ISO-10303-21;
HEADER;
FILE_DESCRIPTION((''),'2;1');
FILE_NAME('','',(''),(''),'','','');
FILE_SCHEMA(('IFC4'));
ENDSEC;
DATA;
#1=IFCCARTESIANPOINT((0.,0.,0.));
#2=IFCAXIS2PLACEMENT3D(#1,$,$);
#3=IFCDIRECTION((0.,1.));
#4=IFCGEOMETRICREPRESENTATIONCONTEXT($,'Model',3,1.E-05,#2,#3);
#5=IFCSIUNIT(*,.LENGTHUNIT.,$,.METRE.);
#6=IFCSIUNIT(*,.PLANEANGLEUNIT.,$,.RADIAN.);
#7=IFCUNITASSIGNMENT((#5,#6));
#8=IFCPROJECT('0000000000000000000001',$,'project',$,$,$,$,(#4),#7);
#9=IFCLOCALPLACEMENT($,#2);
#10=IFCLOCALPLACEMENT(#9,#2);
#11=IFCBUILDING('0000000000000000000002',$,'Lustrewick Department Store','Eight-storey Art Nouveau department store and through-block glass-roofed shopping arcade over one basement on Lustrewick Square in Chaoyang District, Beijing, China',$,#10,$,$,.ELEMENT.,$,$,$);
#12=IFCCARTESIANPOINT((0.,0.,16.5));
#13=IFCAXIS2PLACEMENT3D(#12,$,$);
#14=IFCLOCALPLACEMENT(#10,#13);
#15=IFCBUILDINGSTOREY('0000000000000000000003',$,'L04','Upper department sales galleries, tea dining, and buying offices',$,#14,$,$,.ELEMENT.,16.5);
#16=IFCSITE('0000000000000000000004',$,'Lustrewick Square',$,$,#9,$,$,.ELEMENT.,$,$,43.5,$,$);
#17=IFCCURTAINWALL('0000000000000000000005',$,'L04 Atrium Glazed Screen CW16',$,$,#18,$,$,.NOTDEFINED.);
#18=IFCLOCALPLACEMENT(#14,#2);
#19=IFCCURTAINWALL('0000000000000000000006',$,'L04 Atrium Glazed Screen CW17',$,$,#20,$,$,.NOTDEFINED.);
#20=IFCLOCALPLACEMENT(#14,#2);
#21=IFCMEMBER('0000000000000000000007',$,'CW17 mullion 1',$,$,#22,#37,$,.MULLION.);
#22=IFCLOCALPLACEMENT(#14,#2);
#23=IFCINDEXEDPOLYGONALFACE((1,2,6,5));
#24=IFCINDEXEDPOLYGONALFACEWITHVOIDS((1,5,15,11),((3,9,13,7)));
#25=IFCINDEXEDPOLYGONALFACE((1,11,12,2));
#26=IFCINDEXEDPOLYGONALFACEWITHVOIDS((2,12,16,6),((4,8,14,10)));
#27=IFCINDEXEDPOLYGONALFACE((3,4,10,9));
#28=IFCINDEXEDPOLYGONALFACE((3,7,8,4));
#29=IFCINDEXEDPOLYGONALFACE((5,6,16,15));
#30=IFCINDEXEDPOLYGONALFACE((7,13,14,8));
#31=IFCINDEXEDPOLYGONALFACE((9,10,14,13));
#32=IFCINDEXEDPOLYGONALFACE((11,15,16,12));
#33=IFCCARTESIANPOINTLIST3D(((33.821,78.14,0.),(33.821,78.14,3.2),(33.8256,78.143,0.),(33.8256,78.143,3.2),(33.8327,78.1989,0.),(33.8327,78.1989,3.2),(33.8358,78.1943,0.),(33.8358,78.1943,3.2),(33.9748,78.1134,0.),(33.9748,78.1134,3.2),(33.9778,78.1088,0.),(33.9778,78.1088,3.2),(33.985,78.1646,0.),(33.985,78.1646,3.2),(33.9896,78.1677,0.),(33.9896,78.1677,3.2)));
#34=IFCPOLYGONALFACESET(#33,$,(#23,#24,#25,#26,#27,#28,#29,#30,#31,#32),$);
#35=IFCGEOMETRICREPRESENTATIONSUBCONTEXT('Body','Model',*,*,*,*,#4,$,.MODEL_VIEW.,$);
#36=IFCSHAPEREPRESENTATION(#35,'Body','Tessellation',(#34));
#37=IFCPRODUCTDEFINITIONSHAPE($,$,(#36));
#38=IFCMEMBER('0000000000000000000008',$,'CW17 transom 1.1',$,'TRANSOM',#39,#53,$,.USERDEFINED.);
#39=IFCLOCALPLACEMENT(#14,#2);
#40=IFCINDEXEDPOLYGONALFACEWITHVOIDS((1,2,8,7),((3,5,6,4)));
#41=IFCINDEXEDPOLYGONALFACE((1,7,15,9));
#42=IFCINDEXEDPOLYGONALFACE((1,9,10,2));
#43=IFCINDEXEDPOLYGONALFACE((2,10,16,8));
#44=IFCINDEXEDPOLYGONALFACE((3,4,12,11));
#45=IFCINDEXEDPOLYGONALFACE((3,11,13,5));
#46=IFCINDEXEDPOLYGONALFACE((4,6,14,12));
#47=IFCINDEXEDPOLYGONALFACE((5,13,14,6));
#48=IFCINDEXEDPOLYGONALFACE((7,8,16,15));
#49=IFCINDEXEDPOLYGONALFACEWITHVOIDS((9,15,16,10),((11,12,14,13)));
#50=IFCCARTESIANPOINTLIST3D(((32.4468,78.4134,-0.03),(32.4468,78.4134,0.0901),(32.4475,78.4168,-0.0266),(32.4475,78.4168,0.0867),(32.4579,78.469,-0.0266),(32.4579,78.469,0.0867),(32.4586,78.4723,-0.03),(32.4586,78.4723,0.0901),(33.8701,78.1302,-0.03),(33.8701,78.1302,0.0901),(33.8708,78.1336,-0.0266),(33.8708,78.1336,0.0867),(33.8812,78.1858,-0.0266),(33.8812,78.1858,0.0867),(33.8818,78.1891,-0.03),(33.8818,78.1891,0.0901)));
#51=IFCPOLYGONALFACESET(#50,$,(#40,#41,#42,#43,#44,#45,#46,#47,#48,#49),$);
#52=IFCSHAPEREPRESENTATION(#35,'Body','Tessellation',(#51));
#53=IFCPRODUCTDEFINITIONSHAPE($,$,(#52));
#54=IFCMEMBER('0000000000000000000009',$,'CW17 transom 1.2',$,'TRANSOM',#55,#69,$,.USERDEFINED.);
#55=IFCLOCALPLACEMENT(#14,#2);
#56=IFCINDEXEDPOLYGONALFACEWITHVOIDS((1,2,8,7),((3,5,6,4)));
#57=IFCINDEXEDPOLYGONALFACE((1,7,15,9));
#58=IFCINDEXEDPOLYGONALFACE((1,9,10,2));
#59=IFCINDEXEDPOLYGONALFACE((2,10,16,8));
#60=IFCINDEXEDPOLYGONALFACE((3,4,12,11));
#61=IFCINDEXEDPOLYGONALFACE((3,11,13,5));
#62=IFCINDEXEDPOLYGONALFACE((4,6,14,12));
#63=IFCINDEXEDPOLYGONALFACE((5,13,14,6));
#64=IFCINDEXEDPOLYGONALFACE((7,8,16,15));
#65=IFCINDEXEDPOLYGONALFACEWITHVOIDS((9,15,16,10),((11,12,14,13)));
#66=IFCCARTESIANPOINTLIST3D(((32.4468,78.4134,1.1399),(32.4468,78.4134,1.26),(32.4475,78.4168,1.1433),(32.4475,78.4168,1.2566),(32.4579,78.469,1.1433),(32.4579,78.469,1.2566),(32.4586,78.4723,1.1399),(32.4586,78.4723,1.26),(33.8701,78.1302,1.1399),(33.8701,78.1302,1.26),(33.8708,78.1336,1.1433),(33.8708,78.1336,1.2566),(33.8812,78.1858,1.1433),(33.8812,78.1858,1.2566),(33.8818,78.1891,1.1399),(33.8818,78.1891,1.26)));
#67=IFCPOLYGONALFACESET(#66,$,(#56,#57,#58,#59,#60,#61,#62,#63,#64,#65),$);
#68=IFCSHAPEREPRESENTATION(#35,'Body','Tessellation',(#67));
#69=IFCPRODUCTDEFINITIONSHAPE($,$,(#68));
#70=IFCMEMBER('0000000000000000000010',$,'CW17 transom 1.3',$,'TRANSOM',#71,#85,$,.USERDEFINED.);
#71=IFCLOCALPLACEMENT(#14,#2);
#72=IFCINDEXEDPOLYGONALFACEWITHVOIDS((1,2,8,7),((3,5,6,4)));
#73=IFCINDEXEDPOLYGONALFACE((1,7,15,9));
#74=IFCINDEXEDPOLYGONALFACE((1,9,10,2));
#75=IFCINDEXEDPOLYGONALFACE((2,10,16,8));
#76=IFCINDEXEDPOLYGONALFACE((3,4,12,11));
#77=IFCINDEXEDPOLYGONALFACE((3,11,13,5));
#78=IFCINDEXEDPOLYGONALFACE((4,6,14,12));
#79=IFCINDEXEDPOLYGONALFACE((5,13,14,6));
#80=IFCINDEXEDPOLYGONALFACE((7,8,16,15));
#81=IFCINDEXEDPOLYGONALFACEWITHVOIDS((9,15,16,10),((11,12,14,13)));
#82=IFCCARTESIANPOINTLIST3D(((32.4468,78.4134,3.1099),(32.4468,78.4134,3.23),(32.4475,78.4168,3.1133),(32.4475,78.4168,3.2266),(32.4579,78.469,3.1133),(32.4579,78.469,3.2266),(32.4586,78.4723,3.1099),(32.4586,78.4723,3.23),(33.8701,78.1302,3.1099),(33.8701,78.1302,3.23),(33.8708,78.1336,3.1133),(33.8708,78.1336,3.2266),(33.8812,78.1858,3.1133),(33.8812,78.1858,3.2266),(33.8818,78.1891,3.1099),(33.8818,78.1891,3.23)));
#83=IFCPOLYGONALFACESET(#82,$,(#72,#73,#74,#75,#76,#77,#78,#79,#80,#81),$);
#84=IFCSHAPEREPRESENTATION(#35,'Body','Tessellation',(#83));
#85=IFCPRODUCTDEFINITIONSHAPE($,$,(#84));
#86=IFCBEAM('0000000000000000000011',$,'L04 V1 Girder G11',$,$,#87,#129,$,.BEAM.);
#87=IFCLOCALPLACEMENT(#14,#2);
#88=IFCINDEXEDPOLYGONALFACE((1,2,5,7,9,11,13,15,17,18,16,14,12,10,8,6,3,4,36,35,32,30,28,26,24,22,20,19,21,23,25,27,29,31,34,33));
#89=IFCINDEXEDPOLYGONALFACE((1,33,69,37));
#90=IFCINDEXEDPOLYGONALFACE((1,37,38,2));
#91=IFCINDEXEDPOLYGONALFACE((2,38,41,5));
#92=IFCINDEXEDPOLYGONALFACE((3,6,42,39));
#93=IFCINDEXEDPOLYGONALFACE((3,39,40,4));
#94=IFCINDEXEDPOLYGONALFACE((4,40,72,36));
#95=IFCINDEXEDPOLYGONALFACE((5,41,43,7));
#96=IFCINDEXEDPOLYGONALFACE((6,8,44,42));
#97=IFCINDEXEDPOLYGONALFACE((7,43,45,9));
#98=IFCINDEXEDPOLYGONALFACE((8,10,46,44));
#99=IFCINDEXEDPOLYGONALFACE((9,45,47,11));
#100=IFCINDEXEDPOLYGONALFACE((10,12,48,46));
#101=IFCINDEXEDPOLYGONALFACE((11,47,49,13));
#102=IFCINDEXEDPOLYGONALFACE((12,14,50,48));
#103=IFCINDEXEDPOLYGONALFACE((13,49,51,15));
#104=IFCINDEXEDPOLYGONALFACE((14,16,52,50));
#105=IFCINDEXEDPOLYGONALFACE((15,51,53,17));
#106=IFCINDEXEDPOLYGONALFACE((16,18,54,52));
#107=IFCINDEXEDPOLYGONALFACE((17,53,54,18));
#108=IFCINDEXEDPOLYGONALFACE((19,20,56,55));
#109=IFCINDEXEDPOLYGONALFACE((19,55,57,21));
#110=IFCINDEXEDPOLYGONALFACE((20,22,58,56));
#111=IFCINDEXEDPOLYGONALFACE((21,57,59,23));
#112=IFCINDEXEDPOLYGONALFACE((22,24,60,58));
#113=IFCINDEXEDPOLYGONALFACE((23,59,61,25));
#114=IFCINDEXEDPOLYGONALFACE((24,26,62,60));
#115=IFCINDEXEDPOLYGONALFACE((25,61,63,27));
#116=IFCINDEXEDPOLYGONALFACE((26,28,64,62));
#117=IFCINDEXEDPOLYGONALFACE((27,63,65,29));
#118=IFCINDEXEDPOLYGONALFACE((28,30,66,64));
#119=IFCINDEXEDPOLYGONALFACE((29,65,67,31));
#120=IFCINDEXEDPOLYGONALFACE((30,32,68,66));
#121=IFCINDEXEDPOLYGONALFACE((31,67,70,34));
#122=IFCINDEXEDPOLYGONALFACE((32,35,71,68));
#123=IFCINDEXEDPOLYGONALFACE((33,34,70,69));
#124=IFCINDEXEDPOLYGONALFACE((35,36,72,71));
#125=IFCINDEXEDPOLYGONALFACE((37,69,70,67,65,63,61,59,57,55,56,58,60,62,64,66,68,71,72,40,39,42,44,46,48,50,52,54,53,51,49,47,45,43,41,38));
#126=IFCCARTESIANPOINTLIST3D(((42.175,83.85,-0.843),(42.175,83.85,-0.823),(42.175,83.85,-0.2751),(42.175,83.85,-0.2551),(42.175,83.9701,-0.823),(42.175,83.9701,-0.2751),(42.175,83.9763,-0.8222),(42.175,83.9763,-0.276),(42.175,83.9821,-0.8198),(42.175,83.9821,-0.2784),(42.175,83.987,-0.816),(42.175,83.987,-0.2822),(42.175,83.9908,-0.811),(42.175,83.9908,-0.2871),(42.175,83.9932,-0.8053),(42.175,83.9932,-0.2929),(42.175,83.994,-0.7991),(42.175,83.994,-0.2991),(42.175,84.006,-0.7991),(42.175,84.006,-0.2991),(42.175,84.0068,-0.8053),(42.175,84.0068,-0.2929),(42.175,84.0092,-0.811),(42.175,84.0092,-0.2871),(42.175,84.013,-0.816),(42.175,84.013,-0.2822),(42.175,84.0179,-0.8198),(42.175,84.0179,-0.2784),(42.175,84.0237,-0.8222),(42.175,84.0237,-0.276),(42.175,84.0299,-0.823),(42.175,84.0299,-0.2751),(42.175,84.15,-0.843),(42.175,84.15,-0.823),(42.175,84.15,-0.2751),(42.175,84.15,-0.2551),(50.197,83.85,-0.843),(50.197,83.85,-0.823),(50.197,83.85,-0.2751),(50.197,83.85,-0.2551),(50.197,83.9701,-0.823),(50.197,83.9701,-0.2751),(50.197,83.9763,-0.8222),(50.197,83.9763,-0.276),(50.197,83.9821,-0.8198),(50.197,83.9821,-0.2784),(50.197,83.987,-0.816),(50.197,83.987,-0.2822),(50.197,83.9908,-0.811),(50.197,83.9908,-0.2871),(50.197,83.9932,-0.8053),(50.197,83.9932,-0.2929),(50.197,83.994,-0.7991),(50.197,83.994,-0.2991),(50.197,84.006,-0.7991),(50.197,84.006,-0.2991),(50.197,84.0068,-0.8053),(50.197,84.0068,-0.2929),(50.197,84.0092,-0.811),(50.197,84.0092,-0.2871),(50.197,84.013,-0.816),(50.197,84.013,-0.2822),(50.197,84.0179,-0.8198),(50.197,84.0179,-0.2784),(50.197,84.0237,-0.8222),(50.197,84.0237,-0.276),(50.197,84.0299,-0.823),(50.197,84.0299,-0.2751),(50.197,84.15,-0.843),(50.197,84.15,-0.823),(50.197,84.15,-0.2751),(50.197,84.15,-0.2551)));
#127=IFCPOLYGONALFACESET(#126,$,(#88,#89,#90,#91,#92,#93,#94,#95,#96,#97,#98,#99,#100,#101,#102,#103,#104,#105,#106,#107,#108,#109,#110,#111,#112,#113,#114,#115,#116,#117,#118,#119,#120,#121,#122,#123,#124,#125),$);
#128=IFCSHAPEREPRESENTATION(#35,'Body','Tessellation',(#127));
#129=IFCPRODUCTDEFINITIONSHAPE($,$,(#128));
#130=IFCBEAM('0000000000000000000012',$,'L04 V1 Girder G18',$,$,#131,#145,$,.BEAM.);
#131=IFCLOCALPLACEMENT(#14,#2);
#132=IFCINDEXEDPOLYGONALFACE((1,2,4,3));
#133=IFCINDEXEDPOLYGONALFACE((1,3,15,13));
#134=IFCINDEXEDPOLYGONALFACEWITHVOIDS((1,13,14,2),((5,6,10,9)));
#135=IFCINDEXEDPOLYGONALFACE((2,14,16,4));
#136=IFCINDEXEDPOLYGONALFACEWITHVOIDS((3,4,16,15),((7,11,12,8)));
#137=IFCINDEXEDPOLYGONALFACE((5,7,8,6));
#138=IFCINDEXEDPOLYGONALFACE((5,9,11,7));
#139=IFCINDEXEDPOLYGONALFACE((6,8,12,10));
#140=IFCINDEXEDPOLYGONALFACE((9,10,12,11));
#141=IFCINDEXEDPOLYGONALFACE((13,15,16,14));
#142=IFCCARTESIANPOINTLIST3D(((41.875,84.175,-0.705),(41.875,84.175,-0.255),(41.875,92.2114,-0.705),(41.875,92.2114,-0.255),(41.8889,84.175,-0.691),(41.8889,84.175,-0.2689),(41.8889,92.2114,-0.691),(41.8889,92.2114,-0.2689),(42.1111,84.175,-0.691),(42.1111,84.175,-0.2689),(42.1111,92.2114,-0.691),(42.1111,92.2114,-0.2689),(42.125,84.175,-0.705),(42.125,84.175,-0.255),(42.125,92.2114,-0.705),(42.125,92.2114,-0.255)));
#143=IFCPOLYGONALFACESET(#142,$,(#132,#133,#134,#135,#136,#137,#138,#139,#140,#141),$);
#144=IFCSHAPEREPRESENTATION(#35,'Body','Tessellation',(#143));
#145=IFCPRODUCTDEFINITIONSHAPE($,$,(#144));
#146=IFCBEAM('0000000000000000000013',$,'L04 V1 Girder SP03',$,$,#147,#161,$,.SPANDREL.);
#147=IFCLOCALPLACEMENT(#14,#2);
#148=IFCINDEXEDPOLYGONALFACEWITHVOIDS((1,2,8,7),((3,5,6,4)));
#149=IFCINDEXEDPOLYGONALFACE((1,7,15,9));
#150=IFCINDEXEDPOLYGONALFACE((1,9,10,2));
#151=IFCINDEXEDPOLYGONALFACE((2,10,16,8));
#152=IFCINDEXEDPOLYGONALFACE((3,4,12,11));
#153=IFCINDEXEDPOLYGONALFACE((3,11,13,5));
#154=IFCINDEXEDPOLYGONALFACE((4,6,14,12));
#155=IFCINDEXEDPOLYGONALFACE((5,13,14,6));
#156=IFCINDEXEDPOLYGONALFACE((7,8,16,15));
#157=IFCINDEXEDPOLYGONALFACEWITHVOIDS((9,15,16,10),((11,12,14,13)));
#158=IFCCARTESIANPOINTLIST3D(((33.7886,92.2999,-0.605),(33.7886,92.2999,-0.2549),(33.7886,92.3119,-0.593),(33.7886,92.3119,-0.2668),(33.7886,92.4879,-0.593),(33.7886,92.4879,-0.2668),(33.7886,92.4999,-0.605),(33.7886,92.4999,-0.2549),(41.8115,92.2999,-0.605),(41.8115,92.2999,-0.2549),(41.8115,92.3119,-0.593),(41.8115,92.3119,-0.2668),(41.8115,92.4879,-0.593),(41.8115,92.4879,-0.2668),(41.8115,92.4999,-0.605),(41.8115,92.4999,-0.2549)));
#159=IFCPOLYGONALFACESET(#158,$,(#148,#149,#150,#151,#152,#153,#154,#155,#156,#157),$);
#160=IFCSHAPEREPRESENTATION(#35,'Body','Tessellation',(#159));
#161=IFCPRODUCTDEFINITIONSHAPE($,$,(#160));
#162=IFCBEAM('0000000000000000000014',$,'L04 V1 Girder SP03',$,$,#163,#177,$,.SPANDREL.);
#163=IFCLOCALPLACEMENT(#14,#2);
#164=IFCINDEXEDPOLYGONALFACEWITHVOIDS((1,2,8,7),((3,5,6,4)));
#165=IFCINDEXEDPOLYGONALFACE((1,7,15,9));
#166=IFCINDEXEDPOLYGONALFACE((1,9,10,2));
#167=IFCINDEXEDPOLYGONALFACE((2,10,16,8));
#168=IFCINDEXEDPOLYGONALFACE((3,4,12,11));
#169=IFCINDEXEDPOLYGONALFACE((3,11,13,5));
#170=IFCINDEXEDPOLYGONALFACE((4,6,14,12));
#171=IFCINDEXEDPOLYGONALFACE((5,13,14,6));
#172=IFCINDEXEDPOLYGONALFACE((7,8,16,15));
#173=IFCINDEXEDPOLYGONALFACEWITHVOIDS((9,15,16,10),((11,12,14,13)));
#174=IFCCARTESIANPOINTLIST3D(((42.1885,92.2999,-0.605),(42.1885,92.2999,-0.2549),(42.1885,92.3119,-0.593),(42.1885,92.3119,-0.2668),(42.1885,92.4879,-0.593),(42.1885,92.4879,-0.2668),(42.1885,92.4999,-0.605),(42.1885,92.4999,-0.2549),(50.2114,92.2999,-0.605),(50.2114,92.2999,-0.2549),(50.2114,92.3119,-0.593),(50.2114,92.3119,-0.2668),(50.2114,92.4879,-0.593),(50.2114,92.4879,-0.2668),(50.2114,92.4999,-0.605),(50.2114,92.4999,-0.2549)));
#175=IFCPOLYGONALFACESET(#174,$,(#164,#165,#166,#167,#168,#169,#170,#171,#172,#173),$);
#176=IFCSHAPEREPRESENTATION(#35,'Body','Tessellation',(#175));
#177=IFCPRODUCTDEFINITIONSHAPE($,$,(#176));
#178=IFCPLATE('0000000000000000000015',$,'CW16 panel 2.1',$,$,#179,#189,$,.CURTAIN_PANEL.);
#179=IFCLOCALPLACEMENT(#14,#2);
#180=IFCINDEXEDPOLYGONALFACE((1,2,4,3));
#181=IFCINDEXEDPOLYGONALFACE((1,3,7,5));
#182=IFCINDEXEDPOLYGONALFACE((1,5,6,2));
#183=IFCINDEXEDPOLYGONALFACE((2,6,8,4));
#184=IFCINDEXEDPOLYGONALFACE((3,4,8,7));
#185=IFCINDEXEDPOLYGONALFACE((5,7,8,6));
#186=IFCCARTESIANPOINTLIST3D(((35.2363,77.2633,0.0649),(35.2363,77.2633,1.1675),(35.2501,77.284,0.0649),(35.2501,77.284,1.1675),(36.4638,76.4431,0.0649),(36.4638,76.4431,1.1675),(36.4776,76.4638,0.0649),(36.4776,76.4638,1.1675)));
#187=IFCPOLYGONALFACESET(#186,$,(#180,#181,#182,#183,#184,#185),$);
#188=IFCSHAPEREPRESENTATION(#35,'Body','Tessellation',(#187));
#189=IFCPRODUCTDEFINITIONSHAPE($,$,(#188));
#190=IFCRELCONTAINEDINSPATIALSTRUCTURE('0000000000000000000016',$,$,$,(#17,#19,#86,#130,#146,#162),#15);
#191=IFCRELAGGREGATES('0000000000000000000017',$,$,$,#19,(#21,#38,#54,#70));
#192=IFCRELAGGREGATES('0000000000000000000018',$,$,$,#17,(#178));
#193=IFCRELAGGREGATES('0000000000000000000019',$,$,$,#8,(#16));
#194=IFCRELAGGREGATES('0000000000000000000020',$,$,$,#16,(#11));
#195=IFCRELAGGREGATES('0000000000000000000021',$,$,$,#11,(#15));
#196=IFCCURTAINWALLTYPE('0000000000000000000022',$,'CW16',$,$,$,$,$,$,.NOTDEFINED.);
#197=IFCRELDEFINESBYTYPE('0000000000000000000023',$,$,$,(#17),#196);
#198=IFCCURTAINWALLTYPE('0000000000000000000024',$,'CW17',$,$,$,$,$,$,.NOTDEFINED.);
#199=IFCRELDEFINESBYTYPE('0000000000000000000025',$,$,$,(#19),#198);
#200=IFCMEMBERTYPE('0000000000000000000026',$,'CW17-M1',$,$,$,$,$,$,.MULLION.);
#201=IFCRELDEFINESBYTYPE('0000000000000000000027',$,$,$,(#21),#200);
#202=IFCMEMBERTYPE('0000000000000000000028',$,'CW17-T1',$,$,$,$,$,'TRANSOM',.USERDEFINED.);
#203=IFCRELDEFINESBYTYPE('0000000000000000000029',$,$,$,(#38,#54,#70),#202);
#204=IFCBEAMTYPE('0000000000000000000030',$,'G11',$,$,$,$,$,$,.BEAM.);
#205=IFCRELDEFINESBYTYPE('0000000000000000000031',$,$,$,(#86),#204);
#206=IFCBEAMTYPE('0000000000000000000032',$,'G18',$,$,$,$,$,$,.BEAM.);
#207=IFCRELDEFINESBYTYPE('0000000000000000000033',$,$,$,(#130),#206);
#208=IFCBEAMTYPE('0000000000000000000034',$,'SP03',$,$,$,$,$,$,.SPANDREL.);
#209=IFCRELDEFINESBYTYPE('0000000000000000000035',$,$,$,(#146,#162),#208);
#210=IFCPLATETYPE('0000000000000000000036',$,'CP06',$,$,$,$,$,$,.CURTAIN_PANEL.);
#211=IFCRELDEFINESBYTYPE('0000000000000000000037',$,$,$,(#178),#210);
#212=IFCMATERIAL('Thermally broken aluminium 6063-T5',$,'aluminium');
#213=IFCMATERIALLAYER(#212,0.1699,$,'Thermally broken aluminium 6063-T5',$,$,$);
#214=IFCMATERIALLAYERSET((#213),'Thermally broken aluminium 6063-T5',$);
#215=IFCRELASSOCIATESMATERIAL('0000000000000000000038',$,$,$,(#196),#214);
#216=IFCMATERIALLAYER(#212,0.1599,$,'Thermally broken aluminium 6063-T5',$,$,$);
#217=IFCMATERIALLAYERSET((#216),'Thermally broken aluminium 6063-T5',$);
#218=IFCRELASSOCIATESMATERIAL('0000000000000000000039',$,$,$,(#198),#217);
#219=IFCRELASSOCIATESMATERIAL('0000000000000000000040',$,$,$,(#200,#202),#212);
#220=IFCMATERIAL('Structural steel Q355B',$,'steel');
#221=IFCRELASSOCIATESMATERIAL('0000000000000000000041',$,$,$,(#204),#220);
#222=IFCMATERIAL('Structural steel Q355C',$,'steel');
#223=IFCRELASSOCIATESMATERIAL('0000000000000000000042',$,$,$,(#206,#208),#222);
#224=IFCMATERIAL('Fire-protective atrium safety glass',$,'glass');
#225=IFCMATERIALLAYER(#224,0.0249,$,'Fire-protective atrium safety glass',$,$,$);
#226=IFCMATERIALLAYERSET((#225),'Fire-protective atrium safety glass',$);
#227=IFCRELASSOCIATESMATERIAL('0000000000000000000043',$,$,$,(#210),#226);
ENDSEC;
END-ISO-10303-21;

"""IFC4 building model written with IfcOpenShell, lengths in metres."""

from ifc_helpers import new_model, si_unit, direction, frame, origin, origin_2d, place, context, subcontext, project, spatial, rectangle, hollow_rectangle, i_section, extrude, material, layer, layer_set, material_profile, profile_set, type_object, element, aggregate, save


model = new_model("IFC4")

# Units and contexts
model_context = context("Model", 3, precision=1e-05, world=origin(), true_north=direction((0.0, 1.0)))
body_context = subcontext(model_context, "Body", "Model", "MODEL_VIEW")
ifc_project = project(units=[si_unit("LENGTHUNIT", "METRE"), si_unit("PLANEANGLEUNIT", "RADIAN")], contexts=[model_context])

# Site, building, storey
site_placement = place(None, origin())
site = spatial("IfcSite", under=ifc_project, at=site_placement, Name="Lustrewick Square", CompositionType="ELEMENT", RefElevation=43.5)
building_placement = place(site_placement, origin())
building = spatial("IfcBuilding", under=site, at=building_placement, Name="Lustrewick Department Store", Description="Eight-storey Art Nouveau department store and through-block glass-roofed shopping arcade over one basement on Lustrewick Square in Chaoyang District, Beijing, China", CompositionType="ELEMENT")
storey_placement = place(building_placement, frame((0.0, 0.0, 16.5)))
storey = spatial("IfcBuildingStorey", under=building, at=storey_placement, Name="L04", Description="Upper department sales galleries, tea dining, and buying offices", CompositionType="ELEMENT", Elevation=16.5)

# Shared definitions
ifc_material_1 = material(Name="Structural steel Q355C", Category="steel")
ifc_material_2 = material(Name="Structural steel Q355B", Category="steel")

# Curtain walls, members
ifc_material_3 = material(Name="Thermally broken aluminium 6063-T5", Category="aluminium")
ifc_layer_1 = layer(ifc_material_3, 0.1699, Name="Thermally broken aluminium 6063-T5")
ifc_layer_set_1 = layer_set([ifc_layer_1], Name="Thermally broken aluminium 6063-T5")
curtain_wall_type_1 = type_object("IfcCurtainWallType", Name="CW16", PredefinedType="NOTDEFINED", material=ifc_layer_set_1)
curtain_wall_1_placement = place(storey_placement, origin())
curtain_wall_1 = element("IfcCurtainWall", 1, at=curtain_wall_1_placement, inside=storey, type_object=curtain_wall_type_1, Name="L04 Atrium Glazed Screen CW16", PredefinedType="NOTDEFINED")
ifc_layer_2 = layer(ifc_material_3, 0.1599, Name="Thermally broken aluminium 6063-T5")
ifc_layer_set_2 = layer_set([ifc_layer_2], Name="Thermally broken aluminium 6063-T5")
curtain_wall_type_2 = type_object("IfcCurtainWallType", Name="CW17", PredefinedType="NOTDEFINED", material=ifc_layer_set_2)
curtain_wall_2_placement = place(storey_placement, origin())
curtain_wall_2 = element("IfcCurtainWall", 2, at=curtain_wall_2_placement, inside=storey, type_object=curtain_wall_type_2, Name="L04 Atrium Glazed Screen CW17", PredefinedType="NOTDEFINED")
ifc_material_profile_1 = material_profile(ifc_material_3, hollow_rectangle(XDim=0.0601, YDim=0.1599, WallThickness=0.0039, at=origin_2d()), Name="ALU-M 60x160x4")
ifc_profile_set_1 = profile_set([ifc_material_profile_1], Name="Thermally broken aluminium 6063-T5")
member_type_1 = type_object("IfcMemberType", Name="CW17-M1", PredefinedType="MULLION", material=ifc_profile_set_1)
member_1_placement = place(storey_placement, frame((33.9053, 78.1538, 0.0), z_axis=(0.0, 0.0, 1.0), x_axis=(-0.195085, -0.980786, 0.0)))
member_1 = element("IfcMember", 3, at=member_1_placement, type_object=member_type_1, Name="CW17 mullion 1", PredefinedType="MULLION", context=body_context, shape_type="SweptSolid", body=[
    extrude(hollow_rectangle(XDim=0.0601, YDim=0.1599, WallThickness=0.0039, at=origin_2d()), origin(), (0.0, 0.0, 1.0), 3.2),
])
ifc_material_profile_2 = material_profile(ifc_material_3, hollow_rectangle(XDim=0.0601, YDim=0.1201, WallThickness=0.0034, at=origin_2d()), Name="ALU-T 60x120x3.5")
ifc_profile_set_2 = profile_set([ifc_material_profile_2], Name="Thermally broken aluminium 6063-T5")
member_type_2 = type_object("IfcMemberType", Name="CW17-T1", ElementType="TRANSOM", PredefinedType="USERDEFINED", material=ifc_profile_set_2)
member_2_placement = place(storey_placement, frame((33.876, 78.1597, 0.03), z_axis=(-0.980774, 0.195145, 0.0), x_axis=(-0.195145, -0.980774, 0.0)))
member_2 = element("IfcMember", 4, at=member_2_placement, type_object=member_type_2, Name="CW17 transom 1.1", ObjectType="TRANSOM", PredefinedType="USERDEFINED", context=body_context, shape_type="SweptSolid", body=[
    extrude(hollow_rectangle(XDim=0.0601, YDim=0.1201, WallThickness=0.0034, at=origin_2d()), origin(), (0.0, 0.0, 1.0), 1.4512),
])
member_3_placement = place(storey_placement, frame((33.876, 78.1597, 1.2), z_axis=(-0.980774, 0.195145, 0.0), x_axis=(-0.195145, -0.980774, 0.0)))
member_3 = element("IfcMember", 5, at=member_3_placement, type_object=member_type_2, Name="CW17 transom 1.2", ObjectType="TRANSOM", PredefinedType="USERDEFINED", context=body_context, shape_type="SweptSolid", body=[
    extrude(hollow_rectangle(XDim=0.0601, YDim=0.1201, WallThickness=0.0034, at=origin_2d()), origin(), (0.0, 0.0, 1.0), 1.4512),
])
member_4_placement = place(storey_placement, frame((33.876, 78.1597, 3.1699), z_axis=(-0.980774, 0.195145, 0.0), x_axis=(-0.195145, -0.980774, 0.0)))
member_4 = element("IfcMember", 6, at=member_4_placement, type_object=member_type_2, Name="CW17 transom 1.3", ObjectType="TRANSOM", PredefinedType="USERDEFINED", context=body_context, shape_type="SweptSolid", body=[
    extrude(hollow_rectangle(XDim=0.0601, YDim=0.1201, WallThickness=0.0034, at=origin_2d()), origin(), (0.0, 0.0, 1.0), 1.4512),
])
aggregate(curtain_wall_2, [member_1, member_2, member_3, member_4])

# Beams
ifc_material_profile_3 = material_profile(ifc_material_2, i_section(OverallWidth=0.3, OverallDepth=0.5879, WebThickness=0.012, FlangeThickness=0.02, FilletRadius=0.0239, at=origin_2d()), Name="HM 588x300x12x20")
ifc_profile_set_3 = profile_set([ifc_material_profile_3], Name="Structural steel Q355B")
beam_type_1 = type_object("IfcBeamType", Name="G11", PredefinedType="BEAM", material=ifc_profile_set_3)
beam_1_placement = place(storey_placement, frame((42.175, 84.0, -0.5491), z_axis=(1.0, 0.0, 0.0), x_axis=(0.0, 1.0, 0.0)))
element("IfcBeam", 7, at=beam_1_placement, inside=storey, type_object=beam_type_1, Name="L04 V1 Girder G11", PredefinedType="BEAM", context=body_context, shape_type="SweptSolid", body=[
    extrude(i_section(OverallWidth=0.3, OverallDepth=0.5879, WebThickness=0.012, FlangeThickness=0.02, FilletRadius=0.0239, at=origin_2d()), origin(), (0.0, 0.0, 1.0), 8.022),
])
ifc_material_profile_4 = material_profile(ifc_material_1, hollow_rectangle(XDim=0.25, YDim=0.45, WallThickness=0.0139, at=origin_2d()), Name="RHS 450x250x14")
ifc_profile_set_4 = profile_set([ifc_material_profile_4], Name="Structural steel Q355C")
beam_type_2 = type_object("IfcBeamType", Name="G18", PredefinedType="BEAM", material=ifc_profile_set_4)
beam_2_placement = place(storey_placement, frame((42.0, 84.175, -0.48), z_axis=(0.0, 1.0, 0.0), x_axis=(-1.0, 0.0, 0.0)))
element("IfcBeam", 8, at=beam_2_placement, inside=storey, type_object=beam_type_2, Name="L04 V1 Girder G18", PredefinedType="BEAM", context=body_context, shape_type="SweptSolid", body=[
    extrude(hollow_rectangle(XDim=0.25, YDim=0.45, WallThickness=0.0139, at=origin_2d()), origin(), (0.0, 0.0, 1.0), 8.0364),
])
ifc_material_profile_5 = material_profile(ifc_material_1, hollow_rectangle(XDim=0.2, YDim=0.3501, WallThickness=0.012, at=origin_2d()), Name="RHS 350x200x12")
ifc_profile_set_5 = profile_set([ifc_material_profile_5], Name="Structural steel Q355C")
beam_type_3 = type_object("IfcBeamType", Name="SP03", PredefinedType="SPANDREL", material=ifc_profile_set_5)
for number, where, z_axis, x_axis, name in (
    (9, (33.7886, 92.3999, -0.4299), (1.0, 0.0, 0.0), (0.0, 1.0, 0.0), "L04 V1 Girder SP03"),
    (10, (42.1885, 92.3999, -0.4299), (1.0, 0.0, 0.0), (0.0, 1.0, 0.0), "L04 V1 Girder SP03"),
):
    element("IfcBeam", number, at=place(storey_placement, frame(where, z_axis=z_axis, x_axis=x_axis)), inside=storey, type_object=beam_type_3, Name=name, PredefinedType="SPANDREL", context=body_context, shape_type="SweptSolid", body=[
        extrude(hollow_rectangle(XDim=0.2, YDim=0.3501, WallThickness=0.012, at=origin_2d()), origin(), (0.0, 0.0, 1.0), 8.0229),
    ])

# Plate
ifc_material_4 = material(Name="Fire-protective atrium safety glass", Category="glass")
ifc_layer_3 = layer(ifc_material_4, 0.0249, Name="Fire-protective atrium safety glass")
ifc_layer_set_3 = layer_set([ifc_layer_3], Name="Fire-protective atrium safety glass")
plate_type = type_object("IfcPlateType", Name="CP06", PredefinedType="CURTAIN_PANEL", material=ifc_layer_set_3)
plate_1_placement = place(storey_placement, frame((35.8569, 76.8635, 0.0649), z_axis=(0.0, 0.0, 1.0), x_axis=(-0.831464, 0.555578, 0.0)))
plate_1 = element("IfcPlate", 11, at=plate_1_placement, type_object=plate_type, Name="CW16 panel 2.1", PredefinedType="CURTAIN_PANEL", context=body_context, shape_type="SweptSolid", body=[
    extrude(rectangle(XDim=1.4763, YDim=0.0249, at=origin_2d()), origin(), (0.0, 0.0, 1.0), 1.1025),
])
aggregate(curtain_wall_1, [plate_1])

save(model, "model.ifc")
